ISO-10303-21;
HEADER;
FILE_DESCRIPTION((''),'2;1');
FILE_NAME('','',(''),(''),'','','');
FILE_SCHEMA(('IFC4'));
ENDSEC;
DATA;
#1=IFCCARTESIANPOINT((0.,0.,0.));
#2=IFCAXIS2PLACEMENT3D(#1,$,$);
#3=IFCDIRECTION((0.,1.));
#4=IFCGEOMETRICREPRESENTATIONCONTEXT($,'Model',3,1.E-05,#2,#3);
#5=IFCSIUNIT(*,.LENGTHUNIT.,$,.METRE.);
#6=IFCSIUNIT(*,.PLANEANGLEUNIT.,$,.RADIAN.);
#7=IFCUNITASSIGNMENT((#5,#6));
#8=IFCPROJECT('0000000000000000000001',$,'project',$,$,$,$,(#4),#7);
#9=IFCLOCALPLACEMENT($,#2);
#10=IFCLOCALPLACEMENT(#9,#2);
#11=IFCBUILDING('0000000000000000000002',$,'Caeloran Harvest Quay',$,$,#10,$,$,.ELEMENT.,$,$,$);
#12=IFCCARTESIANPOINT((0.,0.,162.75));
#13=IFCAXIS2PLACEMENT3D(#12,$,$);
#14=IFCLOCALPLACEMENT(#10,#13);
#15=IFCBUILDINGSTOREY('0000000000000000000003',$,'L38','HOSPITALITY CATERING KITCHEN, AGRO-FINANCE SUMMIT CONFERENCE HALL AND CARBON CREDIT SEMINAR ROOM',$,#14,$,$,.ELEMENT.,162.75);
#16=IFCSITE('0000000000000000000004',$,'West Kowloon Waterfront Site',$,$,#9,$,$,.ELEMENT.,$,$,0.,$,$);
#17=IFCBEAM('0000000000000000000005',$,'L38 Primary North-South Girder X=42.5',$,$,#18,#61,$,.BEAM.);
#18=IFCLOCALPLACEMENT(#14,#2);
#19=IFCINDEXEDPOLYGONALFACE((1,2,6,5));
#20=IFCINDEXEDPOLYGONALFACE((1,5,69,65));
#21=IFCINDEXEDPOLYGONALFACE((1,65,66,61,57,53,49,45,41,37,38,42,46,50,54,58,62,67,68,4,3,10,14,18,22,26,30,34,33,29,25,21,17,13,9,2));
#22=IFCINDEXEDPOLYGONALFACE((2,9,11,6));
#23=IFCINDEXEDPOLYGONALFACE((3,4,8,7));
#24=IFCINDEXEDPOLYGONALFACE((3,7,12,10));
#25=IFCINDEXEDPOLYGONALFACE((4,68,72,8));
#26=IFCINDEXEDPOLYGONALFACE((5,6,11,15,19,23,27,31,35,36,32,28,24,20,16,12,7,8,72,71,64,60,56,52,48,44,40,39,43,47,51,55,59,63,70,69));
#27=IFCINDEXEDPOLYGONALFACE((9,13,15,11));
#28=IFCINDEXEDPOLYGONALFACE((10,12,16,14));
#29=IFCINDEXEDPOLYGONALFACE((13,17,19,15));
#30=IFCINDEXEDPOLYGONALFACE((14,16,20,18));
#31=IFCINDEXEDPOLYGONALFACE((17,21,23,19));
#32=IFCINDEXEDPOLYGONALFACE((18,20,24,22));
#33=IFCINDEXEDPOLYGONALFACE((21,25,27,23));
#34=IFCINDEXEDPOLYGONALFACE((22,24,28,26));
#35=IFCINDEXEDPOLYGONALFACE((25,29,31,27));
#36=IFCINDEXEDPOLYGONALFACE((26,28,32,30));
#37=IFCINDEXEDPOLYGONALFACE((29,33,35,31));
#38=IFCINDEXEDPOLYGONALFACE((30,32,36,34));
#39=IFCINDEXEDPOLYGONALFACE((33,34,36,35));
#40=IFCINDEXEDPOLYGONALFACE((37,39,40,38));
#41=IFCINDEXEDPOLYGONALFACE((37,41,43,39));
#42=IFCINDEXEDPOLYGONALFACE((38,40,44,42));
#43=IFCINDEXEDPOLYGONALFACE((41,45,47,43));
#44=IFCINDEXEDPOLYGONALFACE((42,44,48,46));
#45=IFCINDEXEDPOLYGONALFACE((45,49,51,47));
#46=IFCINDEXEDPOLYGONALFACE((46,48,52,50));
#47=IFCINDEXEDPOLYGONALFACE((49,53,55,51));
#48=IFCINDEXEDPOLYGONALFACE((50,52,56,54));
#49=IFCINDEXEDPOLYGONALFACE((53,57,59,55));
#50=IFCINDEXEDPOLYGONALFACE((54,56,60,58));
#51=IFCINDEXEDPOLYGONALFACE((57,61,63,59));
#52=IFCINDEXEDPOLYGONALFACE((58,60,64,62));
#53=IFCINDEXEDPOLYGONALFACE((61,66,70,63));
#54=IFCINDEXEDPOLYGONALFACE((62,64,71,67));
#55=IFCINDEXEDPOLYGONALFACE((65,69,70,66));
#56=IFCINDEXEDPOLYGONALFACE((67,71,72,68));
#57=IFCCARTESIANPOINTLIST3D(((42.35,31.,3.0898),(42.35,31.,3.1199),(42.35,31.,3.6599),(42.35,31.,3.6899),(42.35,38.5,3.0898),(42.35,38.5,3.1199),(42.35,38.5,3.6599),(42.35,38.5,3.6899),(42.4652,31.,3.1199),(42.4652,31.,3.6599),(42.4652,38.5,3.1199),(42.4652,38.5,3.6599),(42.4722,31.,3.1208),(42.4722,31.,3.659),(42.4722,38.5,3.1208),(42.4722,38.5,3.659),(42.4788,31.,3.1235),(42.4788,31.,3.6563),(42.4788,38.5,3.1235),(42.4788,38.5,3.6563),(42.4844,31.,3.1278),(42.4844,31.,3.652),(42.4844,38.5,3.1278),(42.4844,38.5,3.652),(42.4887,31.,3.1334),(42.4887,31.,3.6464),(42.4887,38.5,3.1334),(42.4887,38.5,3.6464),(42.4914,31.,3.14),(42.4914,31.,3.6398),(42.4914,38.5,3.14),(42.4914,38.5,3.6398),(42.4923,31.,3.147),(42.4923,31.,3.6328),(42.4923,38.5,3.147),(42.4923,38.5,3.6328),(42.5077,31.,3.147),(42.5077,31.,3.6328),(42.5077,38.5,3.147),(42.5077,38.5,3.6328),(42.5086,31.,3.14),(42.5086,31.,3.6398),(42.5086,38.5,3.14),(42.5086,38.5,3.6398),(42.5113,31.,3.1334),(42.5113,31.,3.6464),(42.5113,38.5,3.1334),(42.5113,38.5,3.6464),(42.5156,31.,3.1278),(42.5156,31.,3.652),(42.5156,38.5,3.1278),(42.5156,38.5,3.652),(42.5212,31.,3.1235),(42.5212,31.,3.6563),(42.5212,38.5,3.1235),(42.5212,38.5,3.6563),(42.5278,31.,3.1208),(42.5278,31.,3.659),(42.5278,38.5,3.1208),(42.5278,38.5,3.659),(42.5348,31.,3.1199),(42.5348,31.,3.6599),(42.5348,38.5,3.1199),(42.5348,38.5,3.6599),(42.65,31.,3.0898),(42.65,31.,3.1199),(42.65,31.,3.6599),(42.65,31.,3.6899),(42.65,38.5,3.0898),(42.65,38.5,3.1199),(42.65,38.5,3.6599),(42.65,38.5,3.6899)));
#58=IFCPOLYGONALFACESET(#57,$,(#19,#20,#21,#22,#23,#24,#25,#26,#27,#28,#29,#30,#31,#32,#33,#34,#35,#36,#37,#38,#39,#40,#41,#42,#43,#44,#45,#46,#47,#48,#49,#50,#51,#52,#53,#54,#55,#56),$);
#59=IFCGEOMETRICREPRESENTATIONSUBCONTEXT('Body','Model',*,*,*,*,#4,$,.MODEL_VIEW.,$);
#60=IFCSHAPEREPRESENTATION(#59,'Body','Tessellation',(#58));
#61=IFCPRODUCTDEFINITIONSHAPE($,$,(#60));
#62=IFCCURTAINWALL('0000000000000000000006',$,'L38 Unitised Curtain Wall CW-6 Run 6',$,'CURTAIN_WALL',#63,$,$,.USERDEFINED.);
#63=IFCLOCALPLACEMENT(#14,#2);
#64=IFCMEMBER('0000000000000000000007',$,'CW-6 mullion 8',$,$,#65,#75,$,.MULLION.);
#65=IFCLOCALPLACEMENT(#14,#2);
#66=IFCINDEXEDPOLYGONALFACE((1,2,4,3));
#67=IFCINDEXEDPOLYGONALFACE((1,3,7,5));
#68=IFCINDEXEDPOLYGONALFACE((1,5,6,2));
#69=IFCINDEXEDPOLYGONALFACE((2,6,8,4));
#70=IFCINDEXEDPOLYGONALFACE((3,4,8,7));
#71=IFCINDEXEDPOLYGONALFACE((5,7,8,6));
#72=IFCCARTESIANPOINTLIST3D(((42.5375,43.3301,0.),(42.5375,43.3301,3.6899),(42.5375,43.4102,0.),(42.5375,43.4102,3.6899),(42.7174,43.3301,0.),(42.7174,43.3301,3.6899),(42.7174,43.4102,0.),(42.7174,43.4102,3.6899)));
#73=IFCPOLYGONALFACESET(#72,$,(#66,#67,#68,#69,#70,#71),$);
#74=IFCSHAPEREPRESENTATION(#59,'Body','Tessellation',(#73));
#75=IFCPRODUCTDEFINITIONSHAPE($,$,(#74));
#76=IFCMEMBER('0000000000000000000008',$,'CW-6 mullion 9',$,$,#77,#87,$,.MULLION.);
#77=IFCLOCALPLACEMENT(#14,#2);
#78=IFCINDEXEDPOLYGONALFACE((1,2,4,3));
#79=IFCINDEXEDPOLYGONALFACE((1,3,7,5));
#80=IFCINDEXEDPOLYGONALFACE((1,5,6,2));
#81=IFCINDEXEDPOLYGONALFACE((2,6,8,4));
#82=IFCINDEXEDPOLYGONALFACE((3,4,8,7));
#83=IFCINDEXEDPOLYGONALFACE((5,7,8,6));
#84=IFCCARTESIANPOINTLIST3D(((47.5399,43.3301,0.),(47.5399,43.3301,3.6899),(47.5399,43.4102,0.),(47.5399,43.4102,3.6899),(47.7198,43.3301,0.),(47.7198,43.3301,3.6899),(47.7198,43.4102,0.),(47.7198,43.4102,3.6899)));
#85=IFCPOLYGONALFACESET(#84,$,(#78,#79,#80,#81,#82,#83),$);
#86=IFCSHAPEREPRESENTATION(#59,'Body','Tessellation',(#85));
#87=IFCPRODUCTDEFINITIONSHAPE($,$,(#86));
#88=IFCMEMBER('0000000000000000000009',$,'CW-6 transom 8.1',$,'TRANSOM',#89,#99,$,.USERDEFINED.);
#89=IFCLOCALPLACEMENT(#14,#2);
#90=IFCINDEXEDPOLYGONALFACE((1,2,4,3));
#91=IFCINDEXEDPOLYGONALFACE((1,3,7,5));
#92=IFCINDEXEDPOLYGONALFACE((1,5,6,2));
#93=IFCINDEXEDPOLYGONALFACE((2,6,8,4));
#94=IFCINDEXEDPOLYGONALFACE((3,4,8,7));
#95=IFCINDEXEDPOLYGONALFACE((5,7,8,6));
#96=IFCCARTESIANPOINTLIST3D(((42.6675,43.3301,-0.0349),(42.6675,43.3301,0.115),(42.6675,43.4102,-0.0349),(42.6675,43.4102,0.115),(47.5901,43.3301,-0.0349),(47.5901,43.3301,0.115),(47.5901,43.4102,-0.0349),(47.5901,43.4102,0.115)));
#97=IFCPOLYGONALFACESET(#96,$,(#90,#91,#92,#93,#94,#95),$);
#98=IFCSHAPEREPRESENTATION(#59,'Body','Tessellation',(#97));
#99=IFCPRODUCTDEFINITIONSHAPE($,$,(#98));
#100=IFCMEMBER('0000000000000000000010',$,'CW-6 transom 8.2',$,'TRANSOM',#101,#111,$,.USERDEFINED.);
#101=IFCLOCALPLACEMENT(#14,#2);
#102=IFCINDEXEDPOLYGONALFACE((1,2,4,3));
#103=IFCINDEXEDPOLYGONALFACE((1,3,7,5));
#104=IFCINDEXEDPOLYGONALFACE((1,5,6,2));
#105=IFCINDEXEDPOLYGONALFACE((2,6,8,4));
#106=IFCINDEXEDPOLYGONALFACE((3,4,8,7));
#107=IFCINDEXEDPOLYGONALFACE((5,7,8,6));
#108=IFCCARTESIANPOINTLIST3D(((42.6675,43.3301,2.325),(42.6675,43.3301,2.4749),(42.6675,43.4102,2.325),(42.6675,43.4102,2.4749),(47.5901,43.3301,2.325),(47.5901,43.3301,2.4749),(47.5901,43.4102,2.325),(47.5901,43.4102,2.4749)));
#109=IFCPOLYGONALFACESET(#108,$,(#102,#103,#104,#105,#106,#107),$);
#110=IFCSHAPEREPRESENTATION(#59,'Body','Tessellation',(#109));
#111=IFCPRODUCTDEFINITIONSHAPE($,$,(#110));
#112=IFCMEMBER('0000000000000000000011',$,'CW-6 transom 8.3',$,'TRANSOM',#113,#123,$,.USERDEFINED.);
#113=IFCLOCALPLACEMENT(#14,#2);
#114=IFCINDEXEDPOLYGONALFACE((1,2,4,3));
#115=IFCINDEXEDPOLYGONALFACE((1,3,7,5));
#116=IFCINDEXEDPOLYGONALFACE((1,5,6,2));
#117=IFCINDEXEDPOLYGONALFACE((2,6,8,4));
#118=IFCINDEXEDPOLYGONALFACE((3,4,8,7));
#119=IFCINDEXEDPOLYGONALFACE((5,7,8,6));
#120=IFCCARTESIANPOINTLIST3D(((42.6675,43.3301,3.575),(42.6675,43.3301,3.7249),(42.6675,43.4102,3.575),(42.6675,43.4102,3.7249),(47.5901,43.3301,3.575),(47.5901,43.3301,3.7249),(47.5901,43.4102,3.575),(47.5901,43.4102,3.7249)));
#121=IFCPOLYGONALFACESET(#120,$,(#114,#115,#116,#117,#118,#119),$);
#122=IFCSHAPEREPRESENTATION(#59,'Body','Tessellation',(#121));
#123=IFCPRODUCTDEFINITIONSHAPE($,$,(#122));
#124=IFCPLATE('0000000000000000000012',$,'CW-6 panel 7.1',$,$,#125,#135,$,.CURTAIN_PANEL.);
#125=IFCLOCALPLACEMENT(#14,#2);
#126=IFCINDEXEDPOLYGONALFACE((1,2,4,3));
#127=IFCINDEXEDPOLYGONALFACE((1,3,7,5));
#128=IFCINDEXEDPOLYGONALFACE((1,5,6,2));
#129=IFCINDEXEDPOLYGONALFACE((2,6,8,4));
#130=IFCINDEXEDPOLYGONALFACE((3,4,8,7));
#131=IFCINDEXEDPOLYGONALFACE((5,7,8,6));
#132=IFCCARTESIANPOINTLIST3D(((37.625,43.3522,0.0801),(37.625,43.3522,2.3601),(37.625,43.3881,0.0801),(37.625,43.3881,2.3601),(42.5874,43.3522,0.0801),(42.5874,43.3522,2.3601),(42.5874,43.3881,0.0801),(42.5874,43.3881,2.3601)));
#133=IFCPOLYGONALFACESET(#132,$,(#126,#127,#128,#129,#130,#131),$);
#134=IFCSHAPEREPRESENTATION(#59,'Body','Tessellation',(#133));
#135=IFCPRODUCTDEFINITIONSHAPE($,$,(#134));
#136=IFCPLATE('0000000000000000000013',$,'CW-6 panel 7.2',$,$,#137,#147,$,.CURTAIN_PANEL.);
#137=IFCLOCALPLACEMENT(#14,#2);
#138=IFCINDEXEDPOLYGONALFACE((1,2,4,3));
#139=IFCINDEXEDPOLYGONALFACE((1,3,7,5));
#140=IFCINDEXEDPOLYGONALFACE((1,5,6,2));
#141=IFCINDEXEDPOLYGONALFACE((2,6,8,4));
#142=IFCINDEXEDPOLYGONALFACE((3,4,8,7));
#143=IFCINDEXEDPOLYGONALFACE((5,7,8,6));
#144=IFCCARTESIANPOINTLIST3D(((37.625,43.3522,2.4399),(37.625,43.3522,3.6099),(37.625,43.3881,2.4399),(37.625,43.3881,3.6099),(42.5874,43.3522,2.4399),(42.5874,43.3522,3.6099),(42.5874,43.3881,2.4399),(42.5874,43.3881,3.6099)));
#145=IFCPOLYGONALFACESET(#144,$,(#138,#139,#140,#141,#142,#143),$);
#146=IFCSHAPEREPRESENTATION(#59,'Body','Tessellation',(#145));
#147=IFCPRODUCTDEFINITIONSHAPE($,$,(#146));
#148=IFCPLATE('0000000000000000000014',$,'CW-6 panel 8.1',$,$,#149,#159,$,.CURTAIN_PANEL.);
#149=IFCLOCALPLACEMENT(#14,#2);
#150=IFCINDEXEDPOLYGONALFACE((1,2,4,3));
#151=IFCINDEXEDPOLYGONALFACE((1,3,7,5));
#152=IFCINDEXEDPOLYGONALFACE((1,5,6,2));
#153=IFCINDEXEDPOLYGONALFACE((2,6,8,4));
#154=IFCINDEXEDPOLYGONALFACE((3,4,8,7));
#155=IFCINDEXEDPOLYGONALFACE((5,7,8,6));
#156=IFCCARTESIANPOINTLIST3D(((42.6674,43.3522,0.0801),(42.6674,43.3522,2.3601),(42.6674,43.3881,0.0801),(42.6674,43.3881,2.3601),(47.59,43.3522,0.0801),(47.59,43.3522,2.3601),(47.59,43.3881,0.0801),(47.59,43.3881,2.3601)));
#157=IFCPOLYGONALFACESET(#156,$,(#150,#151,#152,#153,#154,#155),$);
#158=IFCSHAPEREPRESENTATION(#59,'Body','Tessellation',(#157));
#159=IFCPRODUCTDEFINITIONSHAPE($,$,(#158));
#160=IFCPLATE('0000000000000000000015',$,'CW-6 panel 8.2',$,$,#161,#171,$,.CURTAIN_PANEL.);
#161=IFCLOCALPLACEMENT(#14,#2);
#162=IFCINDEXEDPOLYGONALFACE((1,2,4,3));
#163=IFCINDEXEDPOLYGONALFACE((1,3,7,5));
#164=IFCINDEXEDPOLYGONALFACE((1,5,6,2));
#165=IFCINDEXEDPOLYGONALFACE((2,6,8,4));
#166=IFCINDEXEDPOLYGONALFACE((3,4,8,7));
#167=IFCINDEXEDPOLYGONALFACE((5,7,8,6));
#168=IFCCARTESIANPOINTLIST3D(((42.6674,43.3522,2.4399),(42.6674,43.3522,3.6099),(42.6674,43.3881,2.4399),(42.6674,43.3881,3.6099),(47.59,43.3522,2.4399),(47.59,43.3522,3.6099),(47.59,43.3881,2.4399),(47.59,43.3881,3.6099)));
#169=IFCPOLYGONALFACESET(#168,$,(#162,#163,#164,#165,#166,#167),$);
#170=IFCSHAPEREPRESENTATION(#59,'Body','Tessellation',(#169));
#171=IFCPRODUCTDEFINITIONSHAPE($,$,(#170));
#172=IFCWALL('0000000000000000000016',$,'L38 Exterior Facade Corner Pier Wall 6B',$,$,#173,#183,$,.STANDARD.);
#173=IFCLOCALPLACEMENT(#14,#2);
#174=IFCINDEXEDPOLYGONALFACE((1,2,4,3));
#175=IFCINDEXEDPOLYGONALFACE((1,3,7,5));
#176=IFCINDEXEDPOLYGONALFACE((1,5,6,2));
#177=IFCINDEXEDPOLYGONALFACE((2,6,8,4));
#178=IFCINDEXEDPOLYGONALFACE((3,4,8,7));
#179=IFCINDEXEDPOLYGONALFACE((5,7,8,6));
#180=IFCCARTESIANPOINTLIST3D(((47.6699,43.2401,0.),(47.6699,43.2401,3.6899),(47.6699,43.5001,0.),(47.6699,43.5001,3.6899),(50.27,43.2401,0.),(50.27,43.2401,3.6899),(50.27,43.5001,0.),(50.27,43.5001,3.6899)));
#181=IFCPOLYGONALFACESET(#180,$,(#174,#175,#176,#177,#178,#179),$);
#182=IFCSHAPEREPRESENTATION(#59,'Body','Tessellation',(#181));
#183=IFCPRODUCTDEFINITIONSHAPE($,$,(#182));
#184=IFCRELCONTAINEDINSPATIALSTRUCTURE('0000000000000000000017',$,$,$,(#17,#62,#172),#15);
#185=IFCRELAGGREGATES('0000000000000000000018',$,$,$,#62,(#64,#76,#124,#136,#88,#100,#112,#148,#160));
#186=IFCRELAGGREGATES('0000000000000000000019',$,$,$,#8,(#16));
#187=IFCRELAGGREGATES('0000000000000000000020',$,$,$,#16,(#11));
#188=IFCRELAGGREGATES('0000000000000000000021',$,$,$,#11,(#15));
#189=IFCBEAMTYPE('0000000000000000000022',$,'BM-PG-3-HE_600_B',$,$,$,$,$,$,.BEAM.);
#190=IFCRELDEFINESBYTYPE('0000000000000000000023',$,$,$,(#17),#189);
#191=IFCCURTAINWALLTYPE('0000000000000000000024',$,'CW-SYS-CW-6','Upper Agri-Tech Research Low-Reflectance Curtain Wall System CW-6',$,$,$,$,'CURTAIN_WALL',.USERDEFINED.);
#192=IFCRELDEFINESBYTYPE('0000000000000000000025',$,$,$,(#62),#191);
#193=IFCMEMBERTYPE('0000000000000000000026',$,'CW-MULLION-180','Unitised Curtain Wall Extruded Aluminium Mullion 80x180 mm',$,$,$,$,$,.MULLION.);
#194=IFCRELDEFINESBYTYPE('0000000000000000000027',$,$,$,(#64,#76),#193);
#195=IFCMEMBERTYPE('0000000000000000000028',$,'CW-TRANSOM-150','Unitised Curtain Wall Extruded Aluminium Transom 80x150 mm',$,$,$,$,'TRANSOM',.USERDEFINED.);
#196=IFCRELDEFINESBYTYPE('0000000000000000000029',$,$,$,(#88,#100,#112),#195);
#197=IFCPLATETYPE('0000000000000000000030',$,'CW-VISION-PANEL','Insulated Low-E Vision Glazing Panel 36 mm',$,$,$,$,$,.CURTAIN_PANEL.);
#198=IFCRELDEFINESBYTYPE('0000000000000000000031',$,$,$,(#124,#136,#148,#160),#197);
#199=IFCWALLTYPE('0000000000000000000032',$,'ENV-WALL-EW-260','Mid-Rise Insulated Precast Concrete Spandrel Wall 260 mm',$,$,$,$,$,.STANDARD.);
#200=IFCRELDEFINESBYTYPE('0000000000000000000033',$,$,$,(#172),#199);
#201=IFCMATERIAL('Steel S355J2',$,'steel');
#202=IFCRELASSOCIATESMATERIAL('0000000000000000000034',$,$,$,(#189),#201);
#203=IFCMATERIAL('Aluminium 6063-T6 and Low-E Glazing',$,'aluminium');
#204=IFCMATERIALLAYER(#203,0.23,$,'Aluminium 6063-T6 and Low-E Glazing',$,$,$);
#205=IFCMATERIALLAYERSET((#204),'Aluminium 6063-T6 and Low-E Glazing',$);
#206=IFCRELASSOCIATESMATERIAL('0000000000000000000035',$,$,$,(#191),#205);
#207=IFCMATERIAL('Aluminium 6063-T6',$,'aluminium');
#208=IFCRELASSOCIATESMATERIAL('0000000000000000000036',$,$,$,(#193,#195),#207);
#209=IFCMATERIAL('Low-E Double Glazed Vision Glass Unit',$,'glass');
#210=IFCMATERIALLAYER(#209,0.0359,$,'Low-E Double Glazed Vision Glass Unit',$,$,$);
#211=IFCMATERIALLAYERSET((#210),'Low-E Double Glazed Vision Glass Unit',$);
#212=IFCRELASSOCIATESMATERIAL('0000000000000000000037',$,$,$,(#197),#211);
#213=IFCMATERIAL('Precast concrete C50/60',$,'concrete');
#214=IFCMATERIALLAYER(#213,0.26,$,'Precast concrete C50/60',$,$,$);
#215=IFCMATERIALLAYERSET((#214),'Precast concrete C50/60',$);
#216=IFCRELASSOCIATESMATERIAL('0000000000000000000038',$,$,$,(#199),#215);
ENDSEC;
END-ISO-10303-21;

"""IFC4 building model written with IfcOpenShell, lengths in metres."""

from ifc_helpers import new_model, si_unit, direction, frame, frame_2d, origin, origin_2d, place, context, subcontext, project, spatial, rectangle, i_section, extrude, material, layer, layer_set, material_profile, profile_set, type_object, element, aggregate, save


model = new_model("IFC4")

# Units and contexts
model_context = context("Model", 3, precision=1e-05, world=origin(), true_north=direction((0.0, 1.0)))
body_context = subcontext(model_context, "Body", "Model", "MODEL_VIEW")
ifc_project = project(units=[si_unit("LENGTHUNIT", "METRE"), si_unit("PLANEANGLEUNIT", "RADIAN")], contexts=[model_context])

# Site, building, storey
site_placement = place(None, origin())
site = spatial("IfcSite", under=ifc_project, at=site_placement, Name="West Kowloon Waterfront Site", CompositionType="ELEMENT", RefElevation=0.0)
building_placement = place(site_placement, origin())
building = spatial("IfcBuilding", under=site, at=building_placement, Name="Caeloran Harvest Quay", CompositionType="ELEMENT")
storey_placement = place(building_placement, frame((0.0, 0.0, 162.75)))
storey = spatial("IfcBuildingStorey", under=building, at=storey_placement, Name="L38", Description="HOSPITALITY CATERING KITCHEN, AGRO-FINANCE SUMMIT CONFERENCE HALL AND CARBON CREDIT SEMINAR ROOM", CompositionType="ELEMENT", Elevation=162.75)

# Beam
ifc_material_1 = material(Name="Steel S355J2", Category="steel")
ifc_material_profile_1 = material_profile(ifc_material_1, i_section(OverallWidth=0.3, OverallDepth=0.6001, WebThickness=0.0154, FlangeThickness=0.03, FilletRadius=0.0271, at=origin_2d()), Name="HE 600 B")
ifc_profile_set_1 = profile_set([ifc_material_profile_1], Name="Steel S355J2")
beam_type = type_object("IfcBeamType", Name="BM-PG-3-HE_600_B", PredefinedType="BEAM", material=ifc_profile_set_1)
beam_1_placement = place(storey_placement, frame((42.5, 31.0, 3.3899), z_axis=(0.0, 1.0, 0.0), x_axis=(-1.0, 0.0, 0.0)))
element("IfcBeam", 1, at=beam_1_placement, inside=storey, type_object=beam_type, Name="L38 Primary North-South Girder X=42.5", PredefinedType="BEAM", context=body_context, shape_type="SweptSolid", body=[
    extrude(i_section(OverallWidth=0.3, OverallDepth=0.6001, WebThickness=0.0154, FlangeThickness=0.03, FilletRadius=0.0271, at=origin_2d()), origin(), (0.0, 0.0, 1.0), 7.5),
])

# Curtain wall, members, plates
ifc_material_2 = material(Name="Aluminium 6063-T6 and Low-E Glazing", Category="aluminium")
ifc_layer_1 = layer(ifc_material_2, 0.23, Name="Aluminium 6063-T6 and Low-E Glazing")
ifc_layer_set_1 = layer_set([ifc_layer_1], Name="Aluminium 6063-T6 and Low-E Glazing")
curtain_wall_type = type_object("IfcCurtainWallType", Name="CW-SYS-CW-6", Description="Upper Agri-Tech Research Low-Reflectance Curtain Wall System CW-6", ElementType="CURTAIN_WALL", PredefinedType="USERDEFINED", material=ifc_layer_set_1)
curtain_wall_placement = place(storey_placement, origin())
curtain_wall = element("IfcCurtainWall", 2, at=curtain_wall_placement, inside=storey, type_object=curtain_wall_type, Name="L38 Unitised Curtain Wall CW-6 Run 6", ObjectType="CURTAIN_WALL", PredefinedType="USERDEFINED")
ifc_material_3 = material(Name="Aluminium 6063-T6", Category="aluminium")
ifc_material_profile_2 = material_profile(ifc_material_3, rectangle(XDim=0.0801, YDim=0.1799, at=origin_2d()), Name="CW-MULLION-180")
ifc_profile_set_2 = profile_set([ifc_material_profile_2], Name="Aluminium 6063-T6")
member_type_1 = type_object("IfcMemberType", Name="CW-MULLION-180", Description="Unitised Curtain Wall Extruded Aluminium Mullion 80x180 mm", PredefinedType="MULLION", material=ifc_profile_set_2)
member_1_placement = place(storey_placement, frame((42.6274, 43.3701, 0.0), z_axis=(0.0, 0.0, 1.0), x_axis=(0.0, 1.0, 0.0)))
member_1 = element("IfcMember", 3, at=member_1_placement, type_object=member_type_1, Name="CW-6 mullion 8", PredefinedType="MULLION", context=body_context, shape_type="SweptSolid", body=[
    extrude(rectangle(XDim=0.0801, YDim=0.1799, at=origin_2d()), origin(), (0.0, 0.0, 1.0), 3.6899),
])
member_2_placement = place(storey_placement, frame((47.6299, 43.3701, 0.0), z_axis=(0.0, 0.0, 1.0), x_axis=(0.0, 1.0, 0.0)))
member_2 = element("IfcMember", 4, at=member_2_placement, type_object=member_type_1, Name="CW-6 mullion 9", PredefinedType="MULLION", context=body_context, shape_type="SweptSolid", body=[
    extrude(rectangle(XDim=0.0801, YDim=0.1799, at=origin_2d()), origin(), (0.0, 0.0, 1.0), 3.6899),
])
ifc_material_profile_3 = material_profile(ifc_material_3, rectangle(XDim=0.0801, YDim=0.1499, at=origin_2d()), Name="CW-TRANSOM-150")
ifc_profile_set_3 = profile_set([ifc_material_profile_3], Name="Aluminium 6063-T6")
member_type_2 = type_object("IfcMemberType", Name="CW-TRANSOM-150", Description="Unitised Curtain Wall Extruded Aluminium Transom 80x150 mm", ElementType="TRANSOM", PredefinedType="USERDEFINED", material=ifc_profile_set_3)
member_3_placement = place(storey_placement, frame((42.6675, 43.3701, 0.04), z_axis=(1.0, 0.0, 0.0), x_axis=(0.0, 1.0, 0.0)))
member_3 = element("IfcMember", 5, at=member_3_placement, type_object=member_type_2, Name="CW-6 transom 8.1", ObjectType="TRANSOM", PredefinedType="USERDEFINED", context=body_context, shape_type="SweptSolid", body=[
    extrude(rectangle(XDim=0.0801, YDim=0.1499, at=origin_2d()), origin(), (0.0, 0.0, 1.0), 4.9226),
])
member_4_placement = place(storey_placement, frame((42.6675, 43.3701, 2.3999), z_axis=(1.0, 0.0, 0.0), x_axis=(0.0, 1.0, 0.0)))
member_4 = element("IfcMember", 6, at=member_4_placement, type_object=member_type_2, Name="CW-6 transom 8.2", ObjectType="TRANSOM", PredefinedType="USERDEFINED", context=body_context, shape_type="SweptSolid", body=[
    extrude(rectangle(XDim=0.0801, YDim=0.1499, at=origin_2d()), origin(), (0.0, 0.0, 1.0), 4.9226),
])
member_5_placement = place(storey_placement, frame((42.6675, 43.3701, 3.6499), z_axis=(1.0, 0.0, 0.0), x_axis=(0.0, 1.0, 0.0)))
member_5 = element("IfcMember", 7, at=member_5_placement, type_object=member_type_2, Name="CW-6 transom 8.3", ObjectType="TRANSOM", PredefinedType="USERDEFINED", context=body_context, shape_type="SweptSolid", body=[
    extrude(rectangle(XDim=0.0801, YDim=0.1499, at=origin_2d()), origin(), (0.0, 0.0, 1.0), 4.9226),
])
ifc_material_4 = material(Name="Low-E Double Glazed Vision Glass Unit", Category="glass")
ifc_layer_2 = layer(ifc_material_4, 0.0359, Name="Low-E Double Glazed Vision Glass Unit")
ifc_layer_set_2 = layer_set([ifc_layer_2], Name="Low-E Double Glazed Vision Glass Unit")
plate_type = type_object("IfcPlateType", Name="CW-VISION-PANEL", Description="Insulated Low-E Vision Glazing Panel 36 mm", PredefinedType="CURTAIN_PANEL", material=ifc_layer_set_2)
plate_1_placement = place(storey_placement, frame((40.1062, 43.3701, 0.0801), z_axis=(0.0, 0.0, 1.0), x_axis=(1.0, 0.0, 0.0)))
plate_1 = element("IfcPlate", 8, at=plate_1_placement, type_object=plate_type, Name="CW-6 panel 7.1", PredefinedType="CURTAIN_PANEL", context=body_context, shape_type="SweptSolid", body=[
    extrude(rectangle(XDim=4.9624, YDim=0.0359, at=origin_2d()), origin(), (0.0, 0.0, 1.0), 2.28),
])
plate_2_placement = place(storey_placement, frame((40.1062, 43.3701, 2.4399), z_axis=(0.0, 0.0, 1.0), x_axis=(1.0, 0.0, 0.0)))
plate_2 = element("IfcPlate", 9, at=plate_2_placement, type_object=plate_type, Name="CW-6 panel 7.2", PredefinedType="CURTAIN_PANEL", context=body_context, shape_type="SweptSolid", body=[
    extrude(rectangle(XDim=4.9624, YDim=0.0359, at=origin_2d()), origin(), (0.0, 0.0, 1.0), 1.1699),
])
plate_3_placement = place(storey_placement, frame((45.1287, 43.3701, 0.0801), z_axis=(0.0, 0.0, 1.0), x_axis=(1.0, 0.0, 0.0)))
plate_3 = element("IfcPlate", 10, at=plate_3_placement, type_object=plate_type, Name="CW-6 panel 8.1", PredefinedType="CURTAIN_PANEL", context=body_context, shape_type="SweptSolid", body=[
    extrude(rectangle(XDim=4.9226, YDim=0.0359, at=origin_2d()), origin(), (0.0, 0.0, 1.0), 2.28),
])
plate_4_placement = place(storey_placement, frame((45.1287, 43.3701, 2.4399), z_axis=(0.0, 0.0, 1.0), x_axis=(1.0, 0.0, 0.0)))
plate_4 = element("IfcPlate", 11, at=plate_4_placement, type_object=plate_type, Name="CW-6 panel 8.2", PredefinedType="CURTAIN_PANEL", context=body_context, shape_type="SweptSolid", body=[
    extrude(rectangle(XDim=4.9226, YDim=0.0359, at=origin_2d()), origin(), (0.0, 0.0, 1.0), 1.1699),
])
aggregate(curtain_wall, [member_1, member_2, plate_1, plate_2, member_3, member_4, member_5, plate_3, plate_4])

# Wall
ifc_material_5 = material(Name="Precast concrete C50/60", Category="concrete")
ifc_layer_3 = layer(ifc_material_5, 0.26, Name="Precast concrete C50/60")
ifc_layer_set_3 = layer_set([ifc_layer_3], Name="Precast concrete C50/60")
wall_type_1 = type_object("IfcWallType", Name="ENV-WALL-EW-260", Description="Mid-Rise Insulated Precast Concrete Spandrel Wall 260 mm", PredefinedType="STANDARD", material=ifc_layer_set_3)
wall_1_placement = place(storey_placement, frame((47.6699, 43.3701, 0.0), z_axis=(0.0, 0.0, 1.0), x_axis=(1.0, 0.0, 0.0)))
element("IfcWall", 12, at=wall_1_placement, inside=storey, type_object=wall_type_1, Name="L38 Exterior Facade Corner Pier Wall 6B", PredefinedType="STANDARD", context=body_context, shape_type="SweptSolid", body=[
    extrude(rectangle(XDim=2.6001, YDim=0.26, at=frame_2d((1.3, 0.0))), origin(), (0.0, 0.0, 1.0), 3.6899),
])

save(model, "model.ifc")
